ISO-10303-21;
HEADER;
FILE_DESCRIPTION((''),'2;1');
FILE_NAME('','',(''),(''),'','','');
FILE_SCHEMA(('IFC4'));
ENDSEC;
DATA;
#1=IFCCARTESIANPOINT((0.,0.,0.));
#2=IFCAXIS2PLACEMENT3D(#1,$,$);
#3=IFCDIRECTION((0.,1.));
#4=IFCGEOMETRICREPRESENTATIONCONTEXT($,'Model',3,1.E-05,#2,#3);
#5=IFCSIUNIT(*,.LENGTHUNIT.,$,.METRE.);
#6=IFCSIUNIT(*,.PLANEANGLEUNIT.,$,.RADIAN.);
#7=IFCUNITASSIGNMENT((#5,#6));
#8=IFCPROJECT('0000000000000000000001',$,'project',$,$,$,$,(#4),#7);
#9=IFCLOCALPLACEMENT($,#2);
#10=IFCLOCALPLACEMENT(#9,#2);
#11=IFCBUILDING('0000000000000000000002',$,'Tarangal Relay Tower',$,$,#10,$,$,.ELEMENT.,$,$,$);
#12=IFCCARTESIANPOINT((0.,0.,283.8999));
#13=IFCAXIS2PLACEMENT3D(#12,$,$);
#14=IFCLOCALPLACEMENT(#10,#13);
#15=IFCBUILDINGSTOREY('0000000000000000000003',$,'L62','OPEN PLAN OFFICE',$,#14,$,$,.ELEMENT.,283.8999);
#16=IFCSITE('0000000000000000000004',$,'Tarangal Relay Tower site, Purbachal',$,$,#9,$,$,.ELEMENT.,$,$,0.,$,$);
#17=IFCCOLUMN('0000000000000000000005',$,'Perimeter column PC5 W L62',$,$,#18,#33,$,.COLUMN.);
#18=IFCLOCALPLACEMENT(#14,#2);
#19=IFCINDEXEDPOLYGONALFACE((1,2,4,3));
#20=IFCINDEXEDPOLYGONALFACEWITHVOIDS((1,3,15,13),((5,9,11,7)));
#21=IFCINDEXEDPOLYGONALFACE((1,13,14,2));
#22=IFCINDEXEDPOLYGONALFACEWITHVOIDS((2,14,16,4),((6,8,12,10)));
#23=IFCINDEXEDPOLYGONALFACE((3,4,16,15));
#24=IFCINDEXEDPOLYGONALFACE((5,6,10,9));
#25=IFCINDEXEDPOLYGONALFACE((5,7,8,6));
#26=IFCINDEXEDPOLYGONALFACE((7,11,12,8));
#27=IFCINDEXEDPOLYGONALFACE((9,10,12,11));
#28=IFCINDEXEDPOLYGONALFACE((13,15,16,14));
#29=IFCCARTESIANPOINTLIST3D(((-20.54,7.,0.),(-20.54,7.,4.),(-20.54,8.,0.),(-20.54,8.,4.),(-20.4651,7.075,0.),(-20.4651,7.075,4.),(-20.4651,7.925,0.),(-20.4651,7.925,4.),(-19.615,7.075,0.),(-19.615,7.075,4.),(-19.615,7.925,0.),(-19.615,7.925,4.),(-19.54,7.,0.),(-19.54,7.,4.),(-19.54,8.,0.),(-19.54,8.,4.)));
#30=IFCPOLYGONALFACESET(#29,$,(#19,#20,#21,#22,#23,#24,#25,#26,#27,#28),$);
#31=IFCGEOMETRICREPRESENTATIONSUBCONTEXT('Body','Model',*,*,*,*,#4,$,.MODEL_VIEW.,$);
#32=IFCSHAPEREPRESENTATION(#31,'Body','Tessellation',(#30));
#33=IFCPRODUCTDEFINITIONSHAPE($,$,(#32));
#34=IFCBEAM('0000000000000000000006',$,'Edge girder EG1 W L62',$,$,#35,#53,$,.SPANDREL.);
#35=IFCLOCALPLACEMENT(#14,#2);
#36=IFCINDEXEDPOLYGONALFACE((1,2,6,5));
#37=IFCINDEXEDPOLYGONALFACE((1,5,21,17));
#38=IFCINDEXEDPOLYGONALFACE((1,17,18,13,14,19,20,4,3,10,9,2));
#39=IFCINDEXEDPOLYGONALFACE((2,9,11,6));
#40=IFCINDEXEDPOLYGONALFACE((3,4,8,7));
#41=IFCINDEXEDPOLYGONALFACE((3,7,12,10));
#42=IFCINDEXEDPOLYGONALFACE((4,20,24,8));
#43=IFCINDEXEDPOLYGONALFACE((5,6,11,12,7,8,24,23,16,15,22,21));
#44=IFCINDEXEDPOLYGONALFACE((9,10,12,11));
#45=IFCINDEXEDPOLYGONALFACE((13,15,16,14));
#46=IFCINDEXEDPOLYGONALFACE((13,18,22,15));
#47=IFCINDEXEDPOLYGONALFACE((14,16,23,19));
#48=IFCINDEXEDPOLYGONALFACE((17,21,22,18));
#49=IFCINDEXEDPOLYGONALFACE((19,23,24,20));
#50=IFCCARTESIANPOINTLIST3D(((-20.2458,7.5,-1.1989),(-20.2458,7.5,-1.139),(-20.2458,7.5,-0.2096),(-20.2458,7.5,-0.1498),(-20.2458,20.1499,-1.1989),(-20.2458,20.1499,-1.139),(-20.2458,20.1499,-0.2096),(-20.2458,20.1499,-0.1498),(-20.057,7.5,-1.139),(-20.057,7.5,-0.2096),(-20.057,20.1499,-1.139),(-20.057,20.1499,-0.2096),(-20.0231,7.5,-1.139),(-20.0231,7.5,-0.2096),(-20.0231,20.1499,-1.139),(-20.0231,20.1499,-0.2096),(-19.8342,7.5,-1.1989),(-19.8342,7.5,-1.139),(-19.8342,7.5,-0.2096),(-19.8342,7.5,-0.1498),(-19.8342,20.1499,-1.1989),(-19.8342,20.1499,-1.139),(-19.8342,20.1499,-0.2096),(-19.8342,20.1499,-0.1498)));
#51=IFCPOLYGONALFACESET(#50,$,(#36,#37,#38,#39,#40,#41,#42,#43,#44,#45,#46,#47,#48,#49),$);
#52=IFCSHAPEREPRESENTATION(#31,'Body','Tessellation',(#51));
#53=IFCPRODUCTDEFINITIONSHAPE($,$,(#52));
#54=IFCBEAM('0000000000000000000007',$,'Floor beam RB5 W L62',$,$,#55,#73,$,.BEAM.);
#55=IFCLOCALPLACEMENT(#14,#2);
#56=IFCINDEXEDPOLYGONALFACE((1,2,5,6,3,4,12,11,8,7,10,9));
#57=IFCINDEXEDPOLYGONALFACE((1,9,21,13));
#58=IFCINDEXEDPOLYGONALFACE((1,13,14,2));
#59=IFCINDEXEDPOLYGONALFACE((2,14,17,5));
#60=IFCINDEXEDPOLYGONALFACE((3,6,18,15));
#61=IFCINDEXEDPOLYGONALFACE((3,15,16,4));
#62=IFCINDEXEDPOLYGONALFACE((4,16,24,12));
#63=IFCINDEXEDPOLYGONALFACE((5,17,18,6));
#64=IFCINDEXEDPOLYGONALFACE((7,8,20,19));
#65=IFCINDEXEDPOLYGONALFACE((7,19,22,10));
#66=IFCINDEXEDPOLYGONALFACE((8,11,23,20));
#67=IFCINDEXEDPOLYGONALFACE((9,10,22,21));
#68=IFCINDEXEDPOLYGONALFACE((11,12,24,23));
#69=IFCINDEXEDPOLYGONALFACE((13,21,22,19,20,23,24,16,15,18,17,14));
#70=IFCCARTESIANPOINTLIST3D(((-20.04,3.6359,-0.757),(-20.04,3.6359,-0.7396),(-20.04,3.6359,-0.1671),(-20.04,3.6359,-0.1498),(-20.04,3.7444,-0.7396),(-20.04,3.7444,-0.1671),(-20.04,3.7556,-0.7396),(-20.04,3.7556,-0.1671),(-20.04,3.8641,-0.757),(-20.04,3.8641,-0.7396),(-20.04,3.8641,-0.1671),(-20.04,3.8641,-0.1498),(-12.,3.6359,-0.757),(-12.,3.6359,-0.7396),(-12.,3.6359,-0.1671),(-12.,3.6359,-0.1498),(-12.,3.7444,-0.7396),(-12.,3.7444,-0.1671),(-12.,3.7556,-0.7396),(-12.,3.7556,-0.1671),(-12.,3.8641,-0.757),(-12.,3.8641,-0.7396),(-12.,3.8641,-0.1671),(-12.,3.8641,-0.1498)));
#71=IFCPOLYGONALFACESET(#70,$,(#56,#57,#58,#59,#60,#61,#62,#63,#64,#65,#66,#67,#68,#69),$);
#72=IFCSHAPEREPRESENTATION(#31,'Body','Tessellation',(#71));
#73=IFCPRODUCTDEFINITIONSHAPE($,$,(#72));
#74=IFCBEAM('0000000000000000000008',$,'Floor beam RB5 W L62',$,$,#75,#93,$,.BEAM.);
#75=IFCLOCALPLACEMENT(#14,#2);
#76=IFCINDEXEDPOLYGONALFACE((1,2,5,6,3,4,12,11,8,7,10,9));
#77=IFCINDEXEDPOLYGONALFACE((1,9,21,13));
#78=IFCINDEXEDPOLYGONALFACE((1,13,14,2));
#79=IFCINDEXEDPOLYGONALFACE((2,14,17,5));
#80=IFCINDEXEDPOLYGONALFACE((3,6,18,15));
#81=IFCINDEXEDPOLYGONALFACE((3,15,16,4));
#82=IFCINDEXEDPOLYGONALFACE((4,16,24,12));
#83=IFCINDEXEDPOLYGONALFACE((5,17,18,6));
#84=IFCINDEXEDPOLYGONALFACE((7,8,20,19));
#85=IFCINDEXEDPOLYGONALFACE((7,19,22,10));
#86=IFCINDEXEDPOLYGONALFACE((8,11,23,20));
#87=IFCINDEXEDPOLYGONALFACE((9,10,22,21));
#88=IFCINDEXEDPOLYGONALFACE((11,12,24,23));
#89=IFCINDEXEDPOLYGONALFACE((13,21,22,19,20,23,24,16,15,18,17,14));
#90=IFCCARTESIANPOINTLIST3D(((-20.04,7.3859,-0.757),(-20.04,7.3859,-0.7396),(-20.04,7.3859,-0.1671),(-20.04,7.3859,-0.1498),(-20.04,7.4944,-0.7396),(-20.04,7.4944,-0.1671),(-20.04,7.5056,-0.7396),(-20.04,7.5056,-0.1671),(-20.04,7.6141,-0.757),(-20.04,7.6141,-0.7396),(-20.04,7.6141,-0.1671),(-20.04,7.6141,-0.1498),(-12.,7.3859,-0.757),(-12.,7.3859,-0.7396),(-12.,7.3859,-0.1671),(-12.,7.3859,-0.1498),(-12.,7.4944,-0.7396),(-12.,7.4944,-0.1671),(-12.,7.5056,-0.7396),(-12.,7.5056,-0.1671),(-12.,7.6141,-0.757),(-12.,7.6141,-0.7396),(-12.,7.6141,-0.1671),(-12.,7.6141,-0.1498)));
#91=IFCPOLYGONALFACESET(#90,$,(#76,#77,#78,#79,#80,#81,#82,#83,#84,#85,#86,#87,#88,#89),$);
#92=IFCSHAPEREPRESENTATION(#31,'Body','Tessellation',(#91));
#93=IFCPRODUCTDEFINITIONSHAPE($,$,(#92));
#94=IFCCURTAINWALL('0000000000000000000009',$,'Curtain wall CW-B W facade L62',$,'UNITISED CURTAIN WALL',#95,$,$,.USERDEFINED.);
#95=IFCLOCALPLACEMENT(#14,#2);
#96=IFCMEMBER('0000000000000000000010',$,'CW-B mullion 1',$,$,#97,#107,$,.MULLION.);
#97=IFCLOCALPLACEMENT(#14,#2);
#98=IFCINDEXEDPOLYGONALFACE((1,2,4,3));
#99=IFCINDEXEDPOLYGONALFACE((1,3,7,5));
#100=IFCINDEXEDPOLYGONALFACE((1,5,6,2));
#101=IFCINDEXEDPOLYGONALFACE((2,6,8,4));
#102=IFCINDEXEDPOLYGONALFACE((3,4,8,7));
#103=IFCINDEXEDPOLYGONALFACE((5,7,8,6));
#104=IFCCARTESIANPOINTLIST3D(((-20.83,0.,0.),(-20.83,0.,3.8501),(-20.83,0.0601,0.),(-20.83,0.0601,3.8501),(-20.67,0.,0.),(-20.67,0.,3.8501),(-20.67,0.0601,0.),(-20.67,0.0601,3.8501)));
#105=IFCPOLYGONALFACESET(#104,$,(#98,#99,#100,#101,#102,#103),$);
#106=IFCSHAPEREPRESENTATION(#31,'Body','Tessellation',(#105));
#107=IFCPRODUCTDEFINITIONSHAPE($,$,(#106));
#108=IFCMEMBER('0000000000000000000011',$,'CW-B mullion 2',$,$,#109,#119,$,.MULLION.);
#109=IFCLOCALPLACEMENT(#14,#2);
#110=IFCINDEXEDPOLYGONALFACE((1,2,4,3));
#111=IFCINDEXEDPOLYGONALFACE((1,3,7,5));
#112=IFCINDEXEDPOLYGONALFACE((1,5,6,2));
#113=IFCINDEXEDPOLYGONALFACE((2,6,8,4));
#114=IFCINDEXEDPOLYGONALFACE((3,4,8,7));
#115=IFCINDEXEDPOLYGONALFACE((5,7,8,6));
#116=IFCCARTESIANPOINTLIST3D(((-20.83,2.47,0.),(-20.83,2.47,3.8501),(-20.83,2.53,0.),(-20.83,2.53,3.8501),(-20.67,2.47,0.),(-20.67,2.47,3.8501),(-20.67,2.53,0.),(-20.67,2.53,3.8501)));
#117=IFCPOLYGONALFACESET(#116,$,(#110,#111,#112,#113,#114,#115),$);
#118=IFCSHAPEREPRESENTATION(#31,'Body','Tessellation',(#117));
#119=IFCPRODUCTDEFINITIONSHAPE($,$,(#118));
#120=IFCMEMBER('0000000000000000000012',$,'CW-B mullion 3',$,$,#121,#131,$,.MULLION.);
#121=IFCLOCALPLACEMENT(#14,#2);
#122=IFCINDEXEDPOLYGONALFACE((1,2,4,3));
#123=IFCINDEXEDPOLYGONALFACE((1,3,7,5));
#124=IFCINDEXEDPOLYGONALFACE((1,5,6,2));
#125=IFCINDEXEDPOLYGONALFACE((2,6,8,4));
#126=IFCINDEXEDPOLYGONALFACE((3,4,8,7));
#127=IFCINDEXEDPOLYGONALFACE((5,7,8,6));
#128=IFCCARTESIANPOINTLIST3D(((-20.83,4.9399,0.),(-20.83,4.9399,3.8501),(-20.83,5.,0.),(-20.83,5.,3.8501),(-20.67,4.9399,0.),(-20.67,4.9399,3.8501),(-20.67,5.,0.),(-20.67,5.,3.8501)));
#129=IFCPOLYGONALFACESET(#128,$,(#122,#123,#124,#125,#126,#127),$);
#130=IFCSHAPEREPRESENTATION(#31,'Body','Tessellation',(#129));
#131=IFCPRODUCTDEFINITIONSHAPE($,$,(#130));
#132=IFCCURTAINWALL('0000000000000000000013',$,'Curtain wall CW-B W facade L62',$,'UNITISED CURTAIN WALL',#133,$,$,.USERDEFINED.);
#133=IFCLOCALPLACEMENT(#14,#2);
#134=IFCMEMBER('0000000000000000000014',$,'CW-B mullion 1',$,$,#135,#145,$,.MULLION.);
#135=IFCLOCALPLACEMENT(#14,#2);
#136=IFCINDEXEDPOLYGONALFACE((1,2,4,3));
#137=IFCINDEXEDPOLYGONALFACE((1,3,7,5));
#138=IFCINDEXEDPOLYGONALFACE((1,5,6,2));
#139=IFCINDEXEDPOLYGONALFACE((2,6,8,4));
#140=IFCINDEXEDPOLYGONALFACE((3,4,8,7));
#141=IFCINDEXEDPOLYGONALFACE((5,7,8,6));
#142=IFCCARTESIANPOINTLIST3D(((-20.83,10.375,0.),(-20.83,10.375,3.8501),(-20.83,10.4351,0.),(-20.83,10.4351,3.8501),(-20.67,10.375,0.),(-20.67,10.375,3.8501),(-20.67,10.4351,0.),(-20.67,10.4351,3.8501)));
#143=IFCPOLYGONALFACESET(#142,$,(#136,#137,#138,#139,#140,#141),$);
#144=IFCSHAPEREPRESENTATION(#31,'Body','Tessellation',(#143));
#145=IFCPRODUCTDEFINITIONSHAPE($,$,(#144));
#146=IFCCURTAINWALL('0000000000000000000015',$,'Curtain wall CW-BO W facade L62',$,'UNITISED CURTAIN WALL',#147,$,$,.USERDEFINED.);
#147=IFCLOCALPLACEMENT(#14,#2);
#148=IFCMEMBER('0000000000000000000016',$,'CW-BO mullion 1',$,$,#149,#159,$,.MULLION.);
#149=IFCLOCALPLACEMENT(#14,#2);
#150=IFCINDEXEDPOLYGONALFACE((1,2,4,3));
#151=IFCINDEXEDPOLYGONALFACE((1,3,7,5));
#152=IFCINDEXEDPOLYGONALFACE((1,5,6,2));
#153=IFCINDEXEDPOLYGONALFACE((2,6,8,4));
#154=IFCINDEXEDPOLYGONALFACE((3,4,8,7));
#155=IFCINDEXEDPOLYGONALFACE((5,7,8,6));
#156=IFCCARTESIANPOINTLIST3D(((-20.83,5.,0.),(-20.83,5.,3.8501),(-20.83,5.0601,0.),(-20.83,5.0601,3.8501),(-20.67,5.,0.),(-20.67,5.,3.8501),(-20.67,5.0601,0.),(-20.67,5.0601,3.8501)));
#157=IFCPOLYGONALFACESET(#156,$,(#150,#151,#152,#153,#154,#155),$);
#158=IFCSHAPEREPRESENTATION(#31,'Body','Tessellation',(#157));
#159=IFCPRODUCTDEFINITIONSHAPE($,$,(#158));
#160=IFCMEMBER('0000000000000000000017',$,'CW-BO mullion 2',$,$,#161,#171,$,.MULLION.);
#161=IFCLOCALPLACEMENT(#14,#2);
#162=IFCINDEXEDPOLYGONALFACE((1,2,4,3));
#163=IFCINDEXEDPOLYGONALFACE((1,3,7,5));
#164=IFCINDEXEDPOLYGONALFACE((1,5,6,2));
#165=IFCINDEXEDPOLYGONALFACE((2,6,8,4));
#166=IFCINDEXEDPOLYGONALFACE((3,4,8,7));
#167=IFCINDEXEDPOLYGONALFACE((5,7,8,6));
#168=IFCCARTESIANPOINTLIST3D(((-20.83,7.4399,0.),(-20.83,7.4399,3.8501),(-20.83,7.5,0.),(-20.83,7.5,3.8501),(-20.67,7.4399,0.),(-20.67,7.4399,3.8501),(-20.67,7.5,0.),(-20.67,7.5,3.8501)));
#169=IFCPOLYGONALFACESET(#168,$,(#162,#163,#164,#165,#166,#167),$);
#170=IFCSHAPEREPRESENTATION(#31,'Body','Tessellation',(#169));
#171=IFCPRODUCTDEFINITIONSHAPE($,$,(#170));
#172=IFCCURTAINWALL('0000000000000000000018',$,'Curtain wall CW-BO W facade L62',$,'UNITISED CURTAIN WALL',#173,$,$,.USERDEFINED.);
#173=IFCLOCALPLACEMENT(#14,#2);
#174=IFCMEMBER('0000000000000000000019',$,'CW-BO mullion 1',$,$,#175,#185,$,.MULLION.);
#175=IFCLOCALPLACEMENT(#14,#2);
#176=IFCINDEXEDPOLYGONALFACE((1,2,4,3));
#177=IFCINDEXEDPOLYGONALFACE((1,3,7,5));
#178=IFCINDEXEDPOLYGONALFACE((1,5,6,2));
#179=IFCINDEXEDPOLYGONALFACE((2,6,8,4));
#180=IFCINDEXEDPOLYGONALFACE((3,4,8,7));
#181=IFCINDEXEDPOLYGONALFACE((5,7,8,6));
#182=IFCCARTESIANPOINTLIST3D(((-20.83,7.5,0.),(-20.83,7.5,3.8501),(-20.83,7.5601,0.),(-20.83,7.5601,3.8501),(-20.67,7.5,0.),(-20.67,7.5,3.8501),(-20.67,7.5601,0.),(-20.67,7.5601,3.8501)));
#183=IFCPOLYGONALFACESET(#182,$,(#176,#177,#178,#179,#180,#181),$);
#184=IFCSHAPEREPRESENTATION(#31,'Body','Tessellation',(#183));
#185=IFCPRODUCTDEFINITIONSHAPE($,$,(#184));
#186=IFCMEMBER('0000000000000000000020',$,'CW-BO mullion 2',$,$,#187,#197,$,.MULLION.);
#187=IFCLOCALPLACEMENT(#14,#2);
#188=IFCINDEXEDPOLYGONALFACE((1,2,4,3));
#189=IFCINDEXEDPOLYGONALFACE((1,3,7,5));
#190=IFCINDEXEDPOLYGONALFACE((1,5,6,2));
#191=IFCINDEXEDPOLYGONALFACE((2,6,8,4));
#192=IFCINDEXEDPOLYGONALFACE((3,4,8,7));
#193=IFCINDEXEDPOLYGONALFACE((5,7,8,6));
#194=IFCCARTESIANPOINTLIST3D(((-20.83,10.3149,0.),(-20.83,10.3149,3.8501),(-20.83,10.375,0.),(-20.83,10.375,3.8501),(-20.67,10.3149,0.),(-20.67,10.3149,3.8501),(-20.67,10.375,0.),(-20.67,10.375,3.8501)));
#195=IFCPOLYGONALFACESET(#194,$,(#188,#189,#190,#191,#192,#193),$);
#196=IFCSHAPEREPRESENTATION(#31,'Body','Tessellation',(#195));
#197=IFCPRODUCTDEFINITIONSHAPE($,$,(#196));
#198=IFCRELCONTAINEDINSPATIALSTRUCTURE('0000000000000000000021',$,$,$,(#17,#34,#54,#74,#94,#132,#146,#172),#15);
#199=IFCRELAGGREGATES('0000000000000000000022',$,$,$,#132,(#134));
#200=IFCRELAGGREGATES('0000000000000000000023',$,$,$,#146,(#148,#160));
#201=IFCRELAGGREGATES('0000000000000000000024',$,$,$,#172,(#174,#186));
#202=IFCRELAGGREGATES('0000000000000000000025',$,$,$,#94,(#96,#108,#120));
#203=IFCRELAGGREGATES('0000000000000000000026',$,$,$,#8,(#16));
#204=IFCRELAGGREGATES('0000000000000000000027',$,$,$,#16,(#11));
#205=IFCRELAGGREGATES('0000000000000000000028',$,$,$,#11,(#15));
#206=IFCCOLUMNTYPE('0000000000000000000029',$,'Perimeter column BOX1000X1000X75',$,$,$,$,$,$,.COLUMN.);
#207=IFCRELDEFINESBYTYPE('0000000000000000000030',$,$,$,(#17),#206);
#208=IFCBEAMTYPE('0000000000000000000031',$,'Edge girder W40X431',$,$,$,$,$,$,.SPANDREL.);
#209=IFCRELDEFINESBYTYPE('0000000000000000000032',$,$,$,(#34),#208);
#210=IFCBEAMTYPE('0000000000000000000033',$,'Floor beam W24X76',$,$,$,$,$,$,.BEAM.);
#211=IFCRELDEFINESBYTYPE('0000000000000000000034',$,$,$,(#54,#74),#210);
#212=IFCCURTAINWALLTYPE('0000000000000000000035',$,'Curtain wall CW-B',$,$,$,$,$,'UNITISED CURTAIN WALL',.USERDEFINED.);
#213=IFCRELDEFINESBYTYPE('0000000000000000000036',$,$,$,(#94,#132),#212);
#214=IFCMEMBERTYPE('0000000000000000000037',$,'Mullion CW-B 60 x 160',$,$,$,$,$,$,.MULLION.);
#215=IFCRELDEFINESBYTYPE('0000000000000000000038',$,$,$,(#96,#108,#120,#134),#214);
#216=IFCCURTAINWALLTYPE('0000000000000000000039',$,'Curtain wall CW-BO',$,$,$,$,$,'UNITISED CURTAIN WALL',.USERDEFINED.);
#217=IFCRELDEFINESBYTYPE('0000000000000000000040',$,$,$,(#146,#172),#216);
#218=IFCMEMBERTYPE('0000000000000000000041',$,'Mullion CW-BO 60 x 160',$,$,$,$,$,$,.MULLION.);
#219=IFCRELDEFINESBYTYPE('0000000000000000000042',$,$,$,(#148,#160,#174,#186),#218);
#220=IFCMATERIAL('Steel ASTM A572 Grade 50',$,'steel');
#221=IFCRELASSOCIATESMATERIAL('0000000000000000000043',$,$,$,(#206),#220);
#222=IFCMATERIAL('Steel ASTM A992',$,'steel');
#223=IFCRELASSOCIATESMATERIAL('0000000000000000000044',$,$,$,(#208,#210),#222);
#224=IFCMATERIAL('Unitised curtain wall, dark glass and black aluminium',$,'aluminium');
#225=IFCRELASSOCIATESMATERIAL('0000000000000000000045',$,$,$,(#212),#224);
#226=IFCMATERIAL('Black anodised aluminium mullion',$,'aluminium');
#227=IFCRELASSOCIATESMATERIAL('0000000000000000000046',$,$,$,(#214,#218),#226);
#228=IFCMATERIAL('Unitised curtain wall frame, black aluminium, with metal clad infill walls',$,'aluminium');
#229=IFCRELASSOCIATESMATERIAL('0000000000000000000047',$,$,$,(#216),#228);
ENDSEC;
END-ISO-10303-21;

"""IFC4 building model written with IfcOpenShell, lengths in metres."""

from ifc_helpers import new_model, si_unit, direction, frame, origin, origin_2d, place, context, subcontext, project, spatial, rectangle, hollow_rectangle, i_section, extrude, material, material_profile, profile_set, type_object, element, aggregate, save


model = new_model("IFC4")

# Units and contexts
model_context = context("Model", 3, precision=1e-05, world=origin(), true_north=direction((0.0, 1.0)))
body_context = subcontext(model_context, "Body", "Model", "MODEL_VIEW")
ifc_project = project(units=[si_unit("LENGTHUNIT", "METRE"), si_unit("PLANEANGLEUNIT", "RADIAN")], contexts=[model_context])

# Site, building, storey
site_placement = place(None, origin())
site = spatial("IfcSite", under=ifc_project, at=site_placement, Name="Tarangal Relay Tower site, Purbachal", CompositionType="ELEMENT", RefElevation=0.0)
building_placement = place(site_placement, origin())
building = spatial("IfcBuilding", under=site, at=building_placement, Name="Tarangal Relay Tower", CompositionType="ELEMENT")
storey_placement = place(building_placement, frame((0.0, 0.0, 283.8999)))
storey = spatial("IfcBuildingStorey", under=building, at=storey_placement, Name="L62", Description="OPEN PLAN OFFICE", CompositionType="ELEMENT", Elevation=283.8999)

# Column
ifc_material_1 = material(Name="Steel ASTM A572 Grade 50", Category="steel")
ifc_material_profile_1 = material_profile(ifc_material_1, hollow_rectangle(XDim=1.0, YDim=1.0, WallThickness=0.075, at=origin_2d()), Name="BOX1000X1000X75")
ifc_profile_set_1 = profile_set([ifc_material_profile_1], Name="Steel ASTM A572 Grade 50")
column_type = type_object("IfcColumnType", Name="Perimeter column BOX1000X1000X75", PredefinedType="COLUMN", material=ifc_profile_set_1)
column_placement = place(storey_placement, frame((-20.04, 7.5, 0.0), z_axis=(0.0, 0.0, 1.0), x_axis=(1.0, 0.0, 0.0)))
element("IfcColumn", 1, at=column_placement, inside=storey, type_object=column_type, Name="Perimeter column PC5 W L62", PredefinedType="COLUMN", context=body_context, shape_type="SweptSolid", body=[
    extrude(hollow_rectangle(XDim=1.0, YDim=1.0, WallThickness=0.075, at=origin_2d()), origin(), (0.0, 0.0, 1.0), 4.0),
])

# Beams
ifc_material_2 = material(Name="Steel ASTM A992", Category="steel")
ifc_material_profile_2 = material_profile(ifc_material_2, i_section(OverallWidth=0.4116, OverallDepth=1.0491, WebThickness=0.0339, FlangeThickness=0.0598, at=origin_2d()), Name="W40X431")
ifc_profile_set_2 = profile_set([ifc_material_profile_2], Name="Steel ASTM A992")
beam_type_1 = type_object("IfcBeamType", Name="Edge girder W40X431", PredefinedType="SPANDREL", material=ifc_profile_set_2)
beam_placement = place(storey_placement, frame((-20.04, 7.5, -0.6743), z_axis=(0.0, 1.0, 0.0), x_axis=(-1.0, 0.0, 0.0)))
element("IfcBeam", 2, at=beam_placement, inside=storey, type_object=beam_type_1, Name="Edge girder EG1 W L62", PredefinedType="SPANDREL", context=body_context, shape_type="SweptSolid", body=[
    extrude(i_section(OverallWidth=0.4116, OverallDepth=1.0491, WebThickness=0.0339, FlangeThickness=0.0598, at=origin_2d()), origin(), (0.0, 0.0, 1.0), 12.6499),
])
ifc_material_profile_3 = material_profile(ifc_material_2, i_section(OverallWidth=0.2283, OverallDepth=0.6072, WebThickness=0.0112, FlangeThickness=0.0173, at=origin_2d()), Name="W24X76")
ifc_profile_set_3 = profile_set([ifc_material_profile_3], Name="Steel ASTM A992")
beam_type_2 = type_object("IfcBeamType", Name="Floor beam W24X76", PredefinedType="BEAM", material=ifc_profile_set_3)
for number, where, z_axis, x_axis, name in (
    (3, (-12.0, 3.75, -0.4534), (-1.0, 0.0, 0.0), (0.0, -1.0, 0.0), "Floor beam RB5 W L62"),
    (4, (-12.0, 7.5, -0.4534), (-1.0, 0.0, 0.0), (0.0, -1.0, 0.0), "Floor beam RB5 W L62"),
):
    element("IfcBeam", number, at=place(storey_placement, frame(where, z_axis=z_axis, x_axis=x_axis)), inside=storey, type_object=beam_type_2, Name=name, PredefinedType="BEAM", context=body_context, shape_type="SweptSolid", body=[
        extrude(i_section(OverallWidth=0.2283, OverallDepth=0.6072, WebThickness=0.0112, FlangeThickness=0.0173, at=origin_2d()), origin(), (0.0, 0.0, 1.0), 8.04),
    ])

# Curtain wall, members
ifc_material_3 = material(Name="Unitised curtain wall, dark glass and black aluminium", Category="aluminium")
curtain_wall_type_1 = type_object("IfcCurtainWallType", Name="Curtain wall CW-B", ElementType="UNITISED CURTAIN WALL", PredefinedType="USERDEFINED", material=ifc_material_3)
curtain_wall_1_placement = place(storey_placement, origin())
curtain_wall_1 = element("IfcCurtainWall", 5, at=curtain_wall_1_placement, inside=storey, type_object=curtain_wall_type_1, Name="Curtain wall CW-B W facade L62", ObjectType="UNITISED CURTAIN WALL", PredefinedType="USERDEFINED")
ifc_material_4 = material(Name="Black anodised aluminium mullion", Category="aluminium")
ifc_material_profile_4 = material_profile(ifc_material_4, rectangle(XDim=0.1599, YDim=0.0601, at=origin_2d()), Name="CW-BM 60X160")
ifc_profile_set_4 = profile_set([ifc_material_profile_4], Name="Black anodised aluminium mullion")
member_type_1 = type_object("IfcMemberType", Name="Mullion CW-B 60 x 160", PredefinedType="MULLION", material=ifc_profile_set_4)
member_1_placement = place(storey_placement, frame((-20.75, 0.03, 0.0), z_axis=(0.0, 0.0, 1.0), x_axis=(-1.0, 0.0, 0.0)))
member_1 = element("IfcMember", 6, at=member_1_placement, type_object=member_type_1, Name="CW-B mullion 1", PredefinedType="MULLION", context=body_context, shape_type="SweptSolid", body=[
    extrude(rectangle(XDim=0.1599, YDim=0.0601, at=origin_2d()), origin(), (0.0, 0.0, 1.0), 3.8501),
])
member_2_placement = place(storey_placement, frame((-20.75, 2.5, 0.0), z_axis=(0.0, 0.0, 1.0), x_axis=(-1.0, 0.0, 0.0)))
member_2 = element("IfcMember", 7, at=member_2_placement, type_object=member_type_1, Name="CW-B mullion 2", PredefinedType="MULLION", context=body_context, shape_type="SweptSolid", body=[
    extrude(rectangle(XDim=0.1599, YDim=0.0601, at=origin_2d()), origin(), (0.0, 0.0, 1.0), 3.8501),
])
member_3_placement = place(storey_placement, frame((-20.75, 4.97, 0.0), z_axis=(0.0, 0.0, 1.0), x_axis=(-1.0, 0.0, 0.0)))
member_3 = element("IfcMember", 8, at=member_3_placement, type_object=member_type_1, Name="CW-B mullion 3", PredefinedType="MULLION", context=body_context, shape_type="SweptSolid", body=[
    extrude(rectangle(XDim=0.1599, YDim=0.0601, at=origin_2d()), origin(), (0.0, 0.0, 1.0), 3.8501),
])

# Curtain wall, member
curtain_wall_2_placement = place(storey_placement, origin())
curtain_wall_2 = element("IfcCurtainWall", 9, at=curtain_wall_2_placement, inside=storey, type_object=curtain_wall_type_1, Name="Curtain wall CW-B W facade L62", ObjectType="UNITISED CURTAIN WALL", PredefinedType="USERDEFINED")
member_4_placement = place(storey_placement, frame((-20.75, 10.405, 0.0), z_axis=(0.0, 0.0, 1.0), x_axis=(-1.0, 0.0, 0.0)))
member_4 = element("IfcMember", 10, at=member_4_placement, type_object=member_type_1, Name="CW-B mullion 1", PredefinedType="MULLION", context=body_context, shape_type="SweptSolid", body=[
    extrude(rectangle(XDim=0.1599, YDim=0.0601, at=origin_2d()), origin(), (0.0, 0.0, 1.0), 3.8501),
])

# Curtain walls, members
ifc_material_5 = material(Name="Unitised curtain wall frame, black aluminium, with metal clad infill walls", Category="aluminium")
curtain_wall_type_2 = type_object("IfcCurtainWallType", Name="Curtain wall CW-BO", ElementType="UNITISED CURTAIN WALL", PredefinedType="USERDEFINED", material=ifc_material_5)
curtain_wall_3_placement = place(storey_placement, origin())
curtain_wall_3 = element("IfcCurtainWall", 11, at=curtain_wall_3_placement, inside=storey, type_object=curtain_wall_type_2, Name="Curtain wall CW-BO W facade L62", ObjectType="UNITISED CURTAIN WALL", PredefinedType="USERDEFINED")
ifc_material_profile_5 = material_profile(ifc_material_4, rectangle(XDim=0.1599, YDim=0.0601, at=origin_2d()), Name="CW-BOM 60X160")
ifc_profile_set_5 = profile_set([ifc_material_profile_5], Name="Black anodised aluminium mullion")
member_type_2 = type_object("IfcMemberType", Name="Mullion CW-BO 60 x 160", PredefinedType="MULLION", material=ifc_profile_set_5)
member_5_placement = place(storey_placement, frame((-20.75, 5.03, 0.0), z_axis=(0.0, 0.0, 1.0), x_axis=(-1.0, 0.0, 0.0)))
member_5 = element("IfcMember", 12, at=member_5_placement, type_object=member_type_2, Name="CW-BO mullion 1", PredefinedType="MULLION", context=body_context, shape_type="SweptSolid", body=[
    extrude(rectangle(XDim=0.1599, YDim=0.0601, at=origin_2d()), origin(), (0.0, 0.0, 1.0), 3.8501),
])
member_6_placement = place(storey_placement, frame((-20.75, 7.47, 0.0), z_axis=(0.0, 0.0, 1.0), x_axis=(-1.0, 0.0, 0.0)))
member_6 = element("IfcMember", 13, at=member_6_placement, type_object=member_type_2, Name="CW-BO mullion 2", PredefinedType="MULLION", context=body_context, shape_type="SweptSolid", body=[
    extrude(rectangle(XDim=0.1599, YDim=0.0601, at=origin_2d()), origin(), (0.0, 0.0, 1.0), 3.8501),
])
curtain_wall_4_placement = place(storey_placement, origin())
curtain_wall_4 = element("IfcCurtainWall", 14, at=curtain_wall_4_placement, inside=storey, type_object=curtain_wall_type_2, Name="Curtain wall CW-BO W facade L62", ObjectType="UNITISED CURTAIN WALL", PredefinedType="USERDEFINED")
member_7_placement = place(storey_placement, frame((-20.75, 7.53, 0.0), z_axis=(0.0, 0.0, 1.0), x_axis=(-1.0, 0.0, 0.0)))
member_7 = element("IfcMember", 15, at=member_7_placement, type_object=member_type_2, Name="CW-BO mullion 1", PredefinedType="MULLION", context=body_context, shape_type="SweptSolid", body=[
    extrude(rectangle(XDim=0.1599, YDim=0.0601, at=origin_2d()), origin(), (0.0, 0.0, 1.0), 3.8501),
])
member_8_placement = place(storey_placement, frame((-20.75, 10.345, 0.0), z_axis=(0.0, 0.0, 1.0), x_axis=(-1.0, 0.0, 0.0)))
member_8 = element("IfcMember", 16, at=member_8_placement, type_object=member_type_2, Name="CW-BO mullion 2", PredefinedType="MULLION", context=body_context, shape_type="SweptSolid", body=[
    extrude(rectangle(XDim=0.1599, YDim=0.0601, at=origin_2d()), origin(), (0.0, 0.0, 1.0), 3.8501),
])

aggregate(curtain_wall_2, [member_4])
aggregate(curtain_wall_3, [member_5, member_6])
aggregate(curtain_wall_4, [member_7, member_8])

aggregate(curtain_wall_1, [member_1, member_2, member_3])

save(model, "model.ifc")
